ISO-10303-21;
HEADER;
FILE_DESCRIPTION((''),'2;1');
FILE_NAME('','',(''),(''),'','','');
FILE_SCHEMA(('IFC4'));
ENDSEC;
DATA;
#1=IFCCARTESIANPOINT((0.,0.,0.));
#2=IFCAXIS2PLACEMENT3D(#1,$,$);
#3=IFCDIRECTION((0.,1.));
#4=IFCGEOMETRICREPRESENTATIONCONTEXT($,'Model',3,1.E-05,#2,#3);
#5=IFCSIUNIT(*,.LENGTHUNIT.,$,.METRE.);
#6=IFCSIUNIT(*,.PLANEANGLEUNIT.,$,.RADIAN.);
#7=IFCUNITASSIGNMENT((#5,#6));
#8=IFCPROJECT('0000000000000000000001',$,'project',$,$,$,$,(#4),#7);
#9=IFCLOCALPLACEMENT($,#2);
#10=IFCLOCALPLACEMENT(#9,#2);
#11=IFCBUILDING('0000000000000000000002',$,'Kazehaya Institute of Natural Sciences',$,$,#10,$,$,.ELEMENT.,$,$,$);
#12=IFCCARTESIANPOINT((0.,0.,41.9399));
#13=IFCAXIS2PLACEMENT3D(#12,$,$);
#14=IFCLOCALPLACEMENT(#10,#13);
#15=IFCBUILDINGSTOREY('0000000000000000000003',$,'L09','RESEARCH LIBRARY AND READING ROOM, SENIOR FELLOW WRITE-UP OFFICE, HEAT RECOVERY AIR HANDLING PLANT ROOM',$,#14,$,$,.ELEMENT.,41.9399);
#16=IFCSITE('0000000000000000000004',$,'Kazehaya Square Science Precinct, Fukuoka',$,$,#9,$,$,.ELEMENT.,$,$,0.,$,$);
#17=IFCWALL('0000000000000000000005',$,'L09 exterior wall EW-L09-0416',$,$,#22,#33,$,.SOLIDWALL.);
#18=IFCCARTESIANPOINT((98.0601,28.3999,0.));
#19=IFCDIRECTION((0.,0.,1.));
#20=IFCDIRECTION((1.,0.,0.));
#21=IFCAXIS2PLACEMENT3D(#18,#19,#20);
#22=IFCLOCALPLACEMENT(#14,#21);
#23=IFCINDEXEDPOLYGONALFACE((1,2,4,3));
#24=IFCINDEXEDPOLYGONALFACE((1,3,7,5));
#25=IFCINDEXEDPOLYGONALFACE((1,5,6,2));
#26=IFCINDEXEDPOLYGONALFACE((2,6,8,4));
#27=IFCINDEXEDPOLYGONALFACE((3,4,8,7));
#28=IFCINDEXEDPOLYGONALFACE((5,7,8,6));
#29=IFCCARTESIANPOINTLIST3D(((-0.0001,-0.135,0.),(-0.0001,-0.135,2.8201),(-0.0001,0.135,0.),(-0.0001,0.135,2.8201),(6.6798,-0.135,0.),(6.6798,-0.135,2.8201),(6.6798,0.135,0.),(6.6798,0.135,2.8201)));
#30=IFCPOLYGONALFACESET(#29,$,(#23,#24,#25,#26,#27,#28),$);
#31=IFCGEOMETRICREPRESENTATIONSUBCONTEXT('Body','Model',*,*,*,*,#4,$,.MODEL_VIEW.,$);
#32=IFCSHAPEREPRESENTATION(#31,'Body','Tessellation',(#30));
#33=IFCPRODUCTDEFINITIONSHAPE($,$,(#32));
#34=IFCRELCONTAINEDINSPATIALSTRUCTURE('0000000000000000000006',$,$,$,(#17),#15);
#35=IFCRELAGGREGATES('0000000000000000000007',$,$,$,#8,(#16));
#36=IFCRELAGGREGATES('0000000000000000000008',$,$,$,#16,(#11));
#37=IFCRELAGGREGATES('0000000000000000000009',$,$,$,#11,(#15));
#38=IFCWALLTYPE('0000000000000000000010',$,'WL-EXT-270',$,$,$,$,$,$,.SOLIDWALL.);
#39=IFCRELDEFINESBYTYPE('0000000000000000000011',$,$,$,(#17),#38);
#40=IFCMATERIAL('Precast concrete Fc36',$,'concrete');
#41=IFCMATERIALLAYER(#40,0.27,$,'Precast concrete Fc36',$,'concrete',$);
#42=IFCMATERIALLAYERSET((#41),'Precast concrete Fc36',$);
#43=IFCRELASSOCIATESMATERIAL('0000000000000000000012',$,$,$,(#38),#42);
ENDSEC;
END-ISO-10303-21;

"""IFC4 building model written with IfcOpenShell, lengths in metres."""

from ifc_helpers import new_model, si_unit, direction, frame, frame_2d, origin, place, context, subcontext, project, spatial, rectangle, extrude, material, layer, layer_set, type_object, element, save


model = new_model("IFC4")

# Units and contexts
model_context = context("Model", 3, precision=1e-05, world=origin(), true_north=direction((0.0, 1.0)))
body_context = subcontext(model_context, "Body", "Model", "MODEL_VIEW")
ifc_project = project(units=[si_unit("LENGTHUNIT", "METRE"), si_unit("PLANEANGLEUNIT", "RADIAN")], contexts=[model_context])

# Site, building, storey
site_placement = place(None, origin())
site = spatial("IfcSite", under=ifc_project, at=site_placement, Name="Kazehaya Square Science Precinct, Fukuoka", CompositionType="ELEMENT", RefElevation=0.0)
building_placement = place(site_placement, origin())
building = spatial("IfcBuilding", under=site, at=building_placement, Name="Kazehaya Institute of Natural Sciences", CompositionType="ELEMENT")
storey_placement = place(building_placement, frame((0.0, 0.0, 41.9399)))
storey = spatial("IfcBuildingStorey", under=building, at=storey_placement, Name="L09", Description="RESEARCH LIBRARY AND READING ROOM, SENIOR FELLOW WRITE-UP OFFICE, HEAT RECOVERY AIR HANDLING PLANT ROOM", CompositionType="ELEMENT", Elevation=41.9399)

# Wall
ifc_material_1 = material(Name="Precast concrete Fc36", Category="concrete")
ifc_layer_1 = layer(ifc_material_1, 0.27, Name="Precast concrete Fc36", Category="concrete")
ifc_layer_set_1 = layer_set([ifc_layer_1], Name="Precast concrete Fc36")
wall_type_1 = type_object("IfcWallType", Name="WL-EXT-270", PredefinedType="SOLIDWALL", material=ifc_layer_set_1)
for number, where, z_axis, x_axis, name in (
    (1, (98.0601, 28.3999, 0.0), (0.0, 0.0, 1.0), (1.0, 0.0, 0.0), "L09 exterior wall EW-L09-0416"),
):
    element("IfcWall", number, at=place(storey_placement, frame(where, z_axis=z_axis, x_axis=x_axis)), inside=storey, type_object=wall_type_1, Name=name, PredefinedType="SOLIDWALL", context=body_context, shape_type="SweptSolid", body=[
        extrude(rectangle(XDim=6.6799, YDim=0.27, at=frame_2d((3.3398, 0.0))), origin(), (0.0, 0.0, 1.0), 2.8201),
    ])

save(model, "model.ifc")
